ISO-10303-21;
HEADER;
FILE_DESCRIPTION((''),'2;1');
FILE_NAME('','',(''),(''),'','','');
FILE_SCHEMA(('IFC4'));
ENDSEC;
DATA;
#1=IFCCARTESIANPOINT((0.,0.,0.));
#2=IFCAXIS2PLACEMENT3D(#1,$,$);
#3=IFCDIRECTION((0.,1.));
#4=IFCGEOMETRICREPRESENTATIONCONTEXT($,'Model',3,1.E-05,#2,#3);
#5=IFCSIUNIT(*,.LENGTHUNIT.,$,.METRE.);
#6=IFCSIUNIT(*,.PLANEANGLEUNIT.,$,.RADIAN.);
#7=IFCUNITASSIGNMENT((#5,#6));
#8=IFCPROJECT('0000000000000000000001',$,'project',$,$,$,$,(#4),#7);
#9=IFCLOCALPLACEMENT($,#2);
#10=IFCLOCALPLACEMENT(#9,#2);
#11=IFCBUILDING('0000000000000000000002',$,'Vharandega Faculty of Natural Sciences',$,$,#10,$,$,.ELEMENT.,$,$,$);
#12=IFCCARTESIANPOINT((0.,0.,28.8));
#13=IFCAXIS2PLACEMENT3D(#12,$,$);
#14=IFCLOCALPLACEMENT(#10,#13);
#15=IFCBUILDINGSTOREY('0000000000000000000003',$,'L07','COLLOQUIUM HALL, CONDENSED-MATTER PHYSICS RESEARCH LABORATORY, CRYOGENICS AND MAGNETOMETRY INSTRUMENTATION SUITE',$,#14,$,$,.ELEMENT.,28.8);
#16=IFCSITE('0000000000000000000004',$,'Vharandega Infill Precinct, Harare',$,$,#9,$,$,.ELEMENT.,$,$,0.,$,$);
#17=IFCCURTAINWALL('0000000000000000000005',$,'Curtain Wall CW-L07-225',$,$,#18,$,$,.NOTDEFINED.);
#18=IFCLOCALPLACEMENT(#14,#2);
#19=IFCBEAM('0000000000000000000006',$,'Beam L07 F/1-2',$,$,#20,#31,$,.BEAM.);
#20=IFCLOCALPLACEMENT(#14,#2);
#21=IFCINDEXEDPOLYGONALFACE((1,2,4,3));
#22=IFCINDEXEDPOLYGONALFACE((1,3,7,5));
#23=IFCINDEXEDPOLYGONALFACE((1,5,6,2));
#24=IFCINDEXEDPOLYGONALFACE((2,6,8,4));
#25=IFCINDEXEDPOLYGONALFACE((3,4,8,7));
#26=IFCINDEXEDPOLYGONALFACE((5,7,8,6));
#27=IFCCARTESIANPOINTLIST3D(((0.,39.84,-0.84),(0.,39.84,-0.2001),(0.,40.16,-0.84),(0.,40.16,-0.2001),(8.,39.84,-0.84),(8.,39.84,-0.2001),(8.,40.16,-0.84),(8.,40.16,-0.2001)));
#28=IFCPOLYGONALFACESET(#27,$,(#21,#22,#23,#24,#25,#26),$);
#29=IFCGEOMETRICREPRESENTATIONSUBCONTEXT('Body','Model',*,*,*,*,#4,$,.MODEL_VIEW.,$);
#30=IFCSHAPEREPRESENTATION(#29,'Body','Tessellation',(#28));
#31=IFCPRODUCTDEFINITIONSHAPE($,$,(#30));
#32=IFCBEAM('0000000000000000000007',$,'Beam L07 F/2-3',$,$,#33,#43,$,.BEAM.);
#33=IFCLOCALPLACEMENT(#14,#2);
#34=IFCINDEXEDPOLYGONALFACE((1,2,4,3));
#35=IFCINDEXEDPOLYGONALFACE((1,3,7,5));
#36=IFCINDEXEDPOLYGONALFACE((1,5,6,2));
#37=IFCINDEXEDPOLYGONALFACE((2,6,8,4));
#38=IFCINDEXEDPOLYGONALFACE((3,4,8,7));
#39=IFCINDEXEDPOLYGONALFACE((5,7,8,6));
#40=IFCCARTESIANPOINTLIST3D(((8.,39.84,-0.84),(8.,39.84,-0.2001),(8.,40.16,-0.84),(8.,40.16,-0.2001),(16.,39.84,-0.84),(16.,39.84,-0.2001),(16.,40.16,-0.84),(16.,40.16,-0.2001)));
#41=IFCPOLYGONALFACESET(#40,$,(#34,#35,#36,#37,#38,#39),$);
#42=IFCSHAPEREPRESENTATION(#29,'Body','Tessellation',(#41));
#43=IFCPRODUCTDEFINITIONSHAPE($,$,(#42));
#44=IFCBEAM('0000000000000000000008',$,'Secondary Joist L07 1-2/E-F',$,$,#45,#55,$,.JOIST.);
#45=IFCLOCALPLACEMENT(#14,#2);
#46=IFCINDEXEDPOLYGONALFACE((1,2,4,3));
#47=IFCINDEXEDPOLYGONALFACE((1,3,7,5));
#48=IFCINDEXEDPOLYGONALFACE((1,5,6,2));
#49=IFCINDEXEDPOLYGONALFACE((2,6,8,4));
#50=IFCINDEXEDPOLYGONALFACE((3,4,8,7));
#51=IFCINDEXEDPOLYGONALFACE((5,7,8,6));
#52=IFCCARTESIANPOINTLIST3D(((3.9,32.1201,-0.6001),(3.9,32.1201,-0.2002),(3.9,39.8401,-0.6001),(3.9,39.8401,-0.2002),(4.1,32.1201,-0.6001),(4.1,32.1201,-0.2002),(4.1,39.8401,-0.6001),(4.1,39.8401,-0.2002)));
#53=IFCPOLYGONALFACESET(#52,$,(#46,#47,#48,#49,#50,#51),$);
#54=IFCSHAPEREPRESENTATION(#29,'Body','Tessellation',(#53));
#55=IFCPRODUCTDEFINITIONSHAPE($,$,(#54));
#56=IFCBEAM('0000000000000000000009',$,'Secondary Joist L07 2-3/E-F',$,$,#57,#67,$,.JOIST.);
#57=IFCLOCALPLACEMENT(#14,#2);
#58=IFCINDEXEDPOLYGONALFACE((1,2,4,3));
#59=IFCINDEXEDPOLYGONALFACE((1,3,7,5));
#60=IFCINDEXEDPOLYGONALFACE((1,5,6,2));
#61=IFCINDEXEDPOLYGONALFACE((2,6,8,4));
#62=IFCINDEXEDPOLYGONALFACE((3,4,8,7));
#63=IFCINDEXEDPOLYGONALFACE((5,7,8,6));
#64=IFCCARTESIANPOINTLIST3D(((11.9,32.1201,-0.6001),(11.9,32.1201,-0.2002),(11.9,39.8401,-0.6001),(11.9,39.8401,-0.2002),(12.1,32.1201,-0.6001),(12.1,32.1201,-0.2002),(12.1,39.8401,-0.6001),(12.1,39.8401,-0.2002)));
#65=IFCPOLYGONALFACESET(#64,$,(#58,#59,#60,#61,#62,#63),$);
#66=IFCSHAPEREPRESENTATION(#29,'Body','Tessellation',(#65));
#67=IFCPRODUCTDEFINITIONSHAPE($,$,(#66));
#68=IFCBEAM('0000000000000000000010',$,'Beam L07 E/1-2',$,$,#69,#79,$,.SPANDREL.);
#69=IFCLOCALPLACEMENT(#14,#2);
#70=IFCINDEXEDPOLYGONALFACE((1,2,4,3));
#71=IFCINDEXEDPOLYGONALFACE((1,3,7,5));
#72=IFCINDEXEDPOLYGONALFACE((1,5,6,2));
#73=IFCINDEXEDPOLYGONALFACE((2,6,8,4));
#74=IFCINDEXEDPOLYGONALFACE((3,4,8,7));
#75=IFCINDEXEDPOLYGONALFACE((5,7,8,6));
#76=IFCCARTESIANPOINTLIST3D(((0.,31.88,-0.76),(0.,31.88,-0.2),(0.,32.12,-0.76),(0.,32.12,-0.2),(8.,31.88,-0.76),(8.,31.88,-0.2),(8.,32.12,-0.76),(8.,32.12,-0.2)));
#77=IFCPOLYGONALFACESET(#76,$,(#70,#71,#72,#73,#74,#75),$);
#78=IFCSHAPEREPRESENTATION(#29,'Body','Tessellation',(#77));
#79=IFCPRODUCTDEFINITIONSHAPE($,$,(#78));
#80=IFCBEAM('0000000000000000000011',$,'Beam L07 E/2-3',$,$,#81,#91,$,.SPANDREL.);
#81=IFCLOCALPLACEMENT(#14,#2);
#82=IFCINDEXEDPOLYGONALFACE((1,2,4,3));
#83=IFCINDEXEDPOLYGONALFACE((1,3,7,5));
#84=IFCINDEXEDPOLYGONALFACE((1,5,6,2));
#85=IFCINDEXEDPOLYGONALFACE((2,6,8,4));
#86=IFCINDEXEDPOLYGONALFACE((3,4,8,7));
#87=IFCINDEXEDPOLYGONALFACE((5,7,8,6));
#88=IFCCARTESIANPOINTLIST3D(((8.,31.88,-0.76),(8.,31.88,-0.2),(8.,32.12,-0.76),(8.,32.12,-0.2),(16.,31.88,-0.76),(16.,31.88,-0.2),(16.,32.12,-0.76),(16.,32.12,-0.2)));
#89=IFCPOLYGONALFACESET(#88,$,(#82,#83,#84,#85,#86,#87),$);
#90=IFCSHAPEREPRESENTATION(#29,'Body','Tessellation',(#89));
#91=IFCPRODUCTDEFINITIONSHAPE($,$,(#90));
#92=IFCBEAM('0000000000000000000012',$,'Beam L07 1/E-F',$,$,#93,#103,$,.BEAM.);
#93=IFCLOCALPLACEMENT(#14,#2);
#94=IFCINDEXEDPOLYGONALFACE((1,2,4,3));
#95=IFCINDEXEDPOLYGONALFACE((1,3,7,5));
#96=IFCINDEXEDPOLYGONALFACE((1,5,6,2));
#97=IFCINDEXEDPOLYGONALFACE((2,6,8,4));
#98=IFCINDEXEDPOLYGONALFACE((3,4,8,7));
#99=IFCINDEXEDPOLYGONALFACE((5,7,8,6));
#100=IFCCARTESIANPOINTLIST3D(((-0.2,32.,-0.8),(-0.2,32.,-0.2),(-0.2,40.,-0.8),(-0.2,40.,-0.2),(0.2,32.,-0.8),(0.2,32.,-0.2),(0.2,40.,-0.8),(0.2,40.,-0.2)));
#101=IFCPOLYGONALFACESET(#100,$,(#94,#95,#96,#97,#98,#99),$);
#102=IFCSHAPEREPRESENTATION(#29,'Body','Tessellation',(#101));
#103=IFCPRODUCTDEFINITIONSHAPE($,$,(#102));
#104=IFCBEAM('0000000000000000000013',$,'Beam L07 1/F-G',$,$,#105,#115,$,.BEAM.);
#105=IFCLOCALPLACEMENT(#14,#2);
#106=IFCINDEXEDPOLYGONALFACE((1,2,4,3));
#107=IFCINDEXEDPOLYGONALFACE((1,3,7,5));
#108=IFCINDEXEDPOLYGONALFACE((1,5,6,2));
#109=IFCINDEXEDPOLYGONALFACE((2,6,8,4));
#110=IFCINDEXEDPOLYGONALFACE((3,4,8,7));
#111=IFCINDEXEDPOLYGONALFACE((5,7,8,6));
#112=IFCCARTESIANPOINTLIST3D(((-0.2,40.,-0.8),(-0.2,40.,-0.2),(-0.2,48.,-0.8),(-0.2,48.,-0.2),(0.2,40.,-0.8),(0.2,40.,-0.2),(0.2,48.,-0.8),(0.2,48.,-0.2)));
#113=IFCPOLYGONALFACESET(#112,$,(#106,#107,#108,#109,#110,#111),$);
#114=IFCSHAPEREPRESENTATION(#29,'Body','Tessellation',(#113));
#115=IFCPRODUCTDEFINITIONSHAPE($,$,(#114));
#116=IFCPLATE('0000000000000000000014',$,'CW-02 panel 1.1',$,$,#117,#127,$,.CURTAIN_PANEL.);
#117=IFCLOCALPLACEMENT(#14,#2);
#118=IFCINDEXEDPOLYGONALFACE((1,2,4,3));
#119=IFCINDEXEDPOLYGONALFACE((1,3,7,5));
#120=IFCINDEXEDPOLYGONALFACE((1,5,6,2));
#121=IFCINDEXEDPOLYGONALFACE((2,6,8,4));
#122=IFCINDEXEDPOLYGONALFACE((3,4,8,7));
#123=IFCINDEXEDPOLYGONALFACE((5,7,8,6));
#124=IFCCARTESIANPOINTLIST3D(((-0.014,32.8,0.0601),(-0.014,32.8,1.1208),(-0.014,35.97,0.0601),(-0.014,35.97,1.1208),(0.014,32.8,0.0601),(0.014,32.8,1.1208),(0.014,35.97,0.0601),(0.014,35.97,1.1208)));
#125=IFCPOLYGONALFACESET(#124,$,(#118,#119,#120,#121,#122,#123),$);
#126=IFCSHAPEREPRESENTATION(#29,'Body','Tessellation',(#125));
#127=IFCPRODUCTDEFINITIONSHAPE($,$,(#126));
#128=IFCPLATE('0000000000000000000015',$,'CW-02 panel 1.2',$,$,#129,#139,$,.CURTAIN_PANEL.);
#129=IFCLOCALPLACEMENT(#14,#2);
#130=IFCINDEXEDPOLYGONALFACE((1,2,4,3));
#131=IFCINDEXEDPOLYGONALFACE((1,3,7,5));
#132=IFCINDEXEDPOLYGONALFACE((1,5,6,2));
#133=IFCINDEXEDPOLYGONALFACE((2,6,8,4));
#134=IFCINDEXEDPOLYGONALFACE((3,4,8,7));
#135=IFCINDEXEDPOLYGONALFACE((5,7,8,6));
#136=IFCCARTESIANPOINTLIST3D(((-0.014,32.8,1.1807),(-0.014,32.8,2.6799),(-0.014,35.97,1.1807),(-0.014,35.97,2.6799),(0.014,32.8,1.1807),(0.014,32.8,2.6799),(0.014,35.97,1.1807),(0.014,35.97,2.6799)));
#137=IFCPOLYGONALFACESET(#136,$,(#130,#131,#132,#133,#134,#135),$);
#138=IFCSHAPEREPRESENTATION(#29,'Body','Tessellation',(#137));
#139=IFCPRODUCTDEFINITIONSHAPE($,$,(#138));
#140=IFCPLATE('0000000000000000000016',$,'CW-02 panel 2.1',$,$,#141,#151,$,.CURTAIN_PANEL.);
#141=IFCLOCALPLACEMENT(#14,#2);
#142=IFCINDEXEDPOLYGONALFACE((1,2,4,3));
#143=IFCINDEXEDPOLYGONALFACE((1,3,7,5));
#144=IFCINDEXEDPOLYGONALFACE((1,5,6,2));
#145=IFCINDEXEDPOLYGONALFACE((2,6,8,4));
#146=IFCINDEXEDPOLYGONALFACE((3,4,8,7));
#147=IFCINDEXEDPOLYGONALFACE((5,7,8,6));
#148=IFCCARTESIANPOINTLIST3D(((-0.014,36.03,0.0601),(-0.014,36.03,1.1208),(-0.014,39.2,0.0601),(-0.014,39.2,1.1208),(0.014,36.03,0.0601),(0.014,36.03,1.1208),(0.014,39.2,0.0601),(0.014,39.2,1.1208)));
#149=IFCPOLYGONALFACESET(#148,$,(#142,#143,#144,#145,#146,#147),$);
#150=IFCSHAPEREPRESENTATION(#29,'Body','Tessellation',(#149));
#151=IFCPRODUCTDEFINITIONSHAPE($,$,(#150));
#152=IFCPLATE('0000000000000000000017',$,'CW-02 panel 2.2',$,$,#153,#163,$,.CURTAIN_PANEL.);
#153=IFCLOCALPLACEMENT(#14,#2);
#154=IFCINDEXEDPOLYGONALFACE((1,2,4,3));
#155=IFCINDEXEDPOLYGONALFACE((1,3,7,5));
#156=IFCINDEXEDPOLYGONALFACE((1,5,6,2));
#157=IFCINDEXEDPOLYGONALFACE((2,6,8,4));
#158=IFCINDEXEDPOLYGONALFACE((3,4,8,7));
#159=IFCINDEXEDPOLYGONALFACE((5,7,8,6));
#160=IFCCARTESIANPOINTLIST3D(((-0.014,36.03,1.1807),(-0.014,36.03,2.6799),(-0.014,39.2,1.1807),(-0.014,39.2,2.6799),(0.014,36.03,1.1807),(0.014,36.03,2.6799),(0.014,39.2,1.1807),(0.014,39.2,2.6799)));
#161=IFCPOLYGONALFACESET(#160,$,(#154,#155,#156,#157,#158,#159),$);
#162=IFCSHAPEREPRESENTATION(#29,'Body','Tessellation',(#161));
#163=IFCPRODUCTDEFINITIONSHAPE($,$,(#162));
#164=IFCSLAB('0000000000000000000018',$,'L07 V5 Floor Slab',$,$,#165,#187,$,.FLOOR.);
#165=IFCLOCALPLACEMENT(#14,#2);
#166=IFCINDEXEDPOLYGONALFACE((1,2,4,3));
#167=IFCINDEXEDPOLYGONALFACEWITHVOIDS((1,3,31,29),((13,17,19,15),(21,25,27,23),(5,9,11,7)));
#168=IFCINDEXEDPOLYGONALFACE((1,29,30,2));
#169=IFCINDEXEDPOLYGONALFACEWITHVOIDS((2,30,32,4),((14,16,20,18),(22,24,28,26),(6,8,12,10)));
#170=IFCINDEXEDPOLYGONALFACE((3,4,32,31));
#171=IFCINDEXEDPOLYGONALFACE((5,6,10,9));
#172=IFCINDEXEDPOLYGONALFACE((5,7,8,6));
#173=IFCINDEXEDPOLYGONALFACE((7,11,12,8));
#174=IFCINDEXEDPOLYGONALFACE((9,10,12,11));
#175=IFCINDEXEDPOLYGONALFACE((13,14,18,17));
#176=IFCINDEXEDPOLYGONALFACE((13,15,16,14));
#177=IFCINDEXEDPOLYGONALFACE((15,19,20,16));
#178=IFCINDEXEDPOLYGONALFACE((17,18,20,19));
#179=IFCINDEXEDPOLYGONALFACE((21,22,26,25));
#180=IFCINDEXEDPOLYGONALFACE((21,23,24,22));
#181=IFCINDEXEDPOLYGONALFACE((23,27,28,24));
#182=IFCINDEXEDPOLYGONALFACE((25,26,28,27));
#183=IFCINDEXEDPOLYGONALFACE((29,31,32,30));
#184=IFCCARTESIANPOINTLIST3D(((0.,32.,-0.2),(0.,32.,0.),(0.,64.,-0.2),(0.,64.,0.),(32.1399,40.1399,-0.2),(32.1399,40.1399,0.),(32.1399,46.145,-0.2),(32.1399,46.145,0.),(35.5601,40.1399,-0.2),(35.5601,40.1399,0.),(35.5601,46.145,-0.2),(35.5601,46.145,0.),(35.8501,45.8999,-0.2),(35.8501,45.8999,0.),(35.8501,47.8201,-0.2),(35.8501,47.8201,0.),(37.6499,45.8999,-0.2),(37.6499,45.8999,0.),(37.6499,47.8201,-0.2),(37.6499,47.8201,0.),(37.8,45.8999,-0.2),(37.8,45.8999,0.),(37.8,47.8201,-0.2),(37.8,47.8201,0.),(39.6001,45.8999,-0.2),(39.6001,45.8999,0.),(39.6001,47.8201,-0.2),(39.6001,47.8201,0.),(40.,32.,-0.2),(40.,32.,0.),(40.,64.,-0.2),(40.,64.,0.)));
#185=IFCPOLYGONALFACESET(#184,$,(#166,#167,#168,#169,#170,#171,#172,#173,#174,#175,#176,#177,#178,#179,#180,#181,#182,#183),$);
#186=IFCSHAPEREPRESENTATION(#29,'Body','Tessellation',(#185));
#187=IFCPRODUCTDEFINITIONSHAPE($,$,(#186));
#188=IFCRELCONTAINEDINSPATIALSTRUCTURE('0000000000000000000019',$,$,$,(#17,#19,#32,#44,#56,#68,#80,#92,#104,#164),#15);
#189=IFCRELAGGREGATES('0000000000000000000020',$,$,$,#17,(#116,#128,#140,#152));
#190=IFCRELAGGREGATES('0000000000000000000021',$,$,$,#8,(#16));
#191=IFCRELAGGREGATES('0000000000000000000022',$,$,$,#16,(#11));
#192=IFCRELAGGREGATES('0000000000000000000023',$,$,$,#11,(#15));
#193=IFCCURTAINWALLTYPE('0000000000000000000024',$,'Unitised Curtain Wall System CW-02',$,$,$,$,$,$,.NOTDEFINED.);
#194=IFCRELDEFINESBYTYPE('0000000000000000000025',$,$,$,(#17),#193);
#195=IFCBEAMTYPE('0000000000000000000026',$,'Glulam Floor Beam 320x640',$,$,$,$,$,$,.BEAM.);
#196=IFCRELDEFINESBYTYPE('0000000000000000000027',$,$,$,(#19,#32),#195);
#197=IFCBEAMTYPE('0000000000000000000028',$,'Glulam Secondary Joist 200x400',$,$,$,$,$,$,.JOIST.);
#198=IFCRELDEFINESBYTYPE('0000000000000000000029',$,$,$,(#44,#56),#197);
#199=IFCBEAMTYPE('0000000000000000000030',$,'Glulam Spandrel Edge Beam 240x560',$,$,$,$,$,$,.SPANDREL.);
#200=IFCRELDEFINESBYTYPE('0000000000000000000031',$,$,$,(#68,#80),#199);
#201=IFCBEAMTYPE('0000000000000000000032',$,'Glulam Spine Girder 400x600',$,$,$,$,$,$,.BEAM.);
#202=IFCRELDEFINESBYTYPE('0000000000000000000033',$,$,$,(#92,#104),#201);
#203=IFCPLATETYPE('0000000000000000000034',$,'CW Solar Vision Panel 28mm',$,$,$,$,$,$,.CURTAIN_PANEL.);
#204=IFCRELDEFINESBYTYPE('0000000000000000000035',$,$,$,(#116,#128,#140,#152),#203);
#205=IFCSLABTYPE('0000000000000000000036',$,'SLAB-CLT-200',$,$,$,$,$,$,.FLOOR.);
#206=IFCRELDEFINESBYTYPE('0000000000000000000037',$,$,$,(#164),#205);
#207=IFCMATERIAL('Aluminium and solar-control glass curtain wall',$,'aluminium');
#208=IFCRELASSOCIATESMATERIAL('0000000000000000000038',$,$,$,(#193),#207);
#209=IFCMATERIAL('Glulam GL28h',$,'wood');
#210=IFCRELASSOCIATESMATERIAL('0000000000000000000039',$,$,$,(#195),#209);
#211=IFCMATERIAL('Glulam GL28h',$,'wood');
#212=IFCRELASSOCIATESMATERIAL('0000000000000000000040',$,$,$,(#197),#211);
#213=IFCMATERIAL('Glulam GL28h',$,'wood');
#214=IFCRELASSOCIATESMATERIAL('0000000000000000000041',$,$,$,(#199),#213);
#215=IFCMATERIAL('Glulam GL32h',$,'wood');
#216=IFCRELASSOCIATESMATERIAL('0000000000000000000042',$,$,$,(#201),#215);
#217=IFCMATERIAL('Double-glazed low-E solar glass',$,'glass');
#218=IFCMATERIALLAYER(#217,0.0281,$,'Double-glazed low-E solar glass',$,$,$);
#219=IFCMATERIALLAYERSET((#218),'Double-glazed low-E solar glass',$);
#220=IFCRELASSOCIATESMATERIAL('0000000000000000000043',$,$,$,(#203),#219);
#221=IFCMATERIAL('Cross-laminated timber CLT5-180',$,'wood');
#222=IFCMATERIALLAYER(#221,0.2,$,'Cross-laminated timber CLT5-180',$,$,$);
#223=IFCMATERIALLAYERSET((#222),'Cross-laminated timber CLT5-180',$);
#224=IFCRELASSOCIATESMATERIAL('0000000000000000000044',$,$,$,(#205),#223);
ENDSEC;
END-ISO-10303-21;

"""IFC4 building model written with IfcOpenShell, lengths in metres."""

from ifc_helpers import new_model, si_unit, direction, frame, origin, origin_2d, place, context, subcontext, project, spatial, polyline, rectangle, outline, extrude, material, layer, layer_set, material_profile, profile_set, type_object, element, aggregate, save


model = new_model("IFC4")

# Units and contexts
model_context = context("Model", 3, precision=1e-05, world=origin(), true_north=direction((0.0, 1.0)))
body_context = subcontext(model_context, "Body", "Model", "MODEL_VIEW")
ifc_project = project(units=[si_unit("LENGTHUNIT", "METRE"), si_unit("PLANEANGLEUNIT", "RADIAN")], contexts=[model_context])

# Site, building, storey
site_placement = place(None, origin())
site = spatial("IfcSite", under=ifc_project, at=site_placement, Name="Vharandega Infill Precinct, Harare", CompositionType="ELEMENT", RefElevation=0.0)
building_placement = place(site_placement, origin())
building = spatial("IfcBuilding", under=site, at=building_placement, Name="Vharandega Faculty of Natural Sciences", CompositionType="ELEMENT")
storey_placement = place(building_placement, frame((0.0, 0.0, 28.8)))
storey = spatial("IfcBuildingStorey", under=building, at=storey_placement, Name="L07", Description="COLLOQUIUM HALL, CONDENSED-MATTER PHYSICS RESEARCH LABORATORY, CRYOGENICS AND MAGNETOMETRY INSTRUMENTATION SUITE", CompositionType="ELEMENT", Elevation=28.8)

# Curtain wall
ifc_material_1 = material(Name="Aluminium and solar-control glass curtain wall", Category="aluminium")
curtain_wall_type = type_object("IfcCurtainWallType", Name="Unitised Curtain Wall System CW-02", PredefinedType="NOTDEFINED", material=ifc_material_1)
curtain_wall_placement = place(storey_placement, origin())
curtain_wall = element("IfcCurtainWall", 1, at=curtain_wall_placement, inside=storey, type_object=curtain_wall_type, Name="Curtain Wall CW-L07-225", PredefinedType="NOTDEFINED")

# Beams
ifc_material_2 = material(Name="Glulam GL28h", Category="wood")
ifc_material_profile_1 = material_profile(ifc_material_2, rectangle(XDim=0.3201, YDim=0.6399, at=origin_2d()), Name="GL28h 320x640")
ifc_profile_set_1 = profile_set([ifc_material_profile_1], Name="Glulam GL28h")
beam_type_1 = type_object("IfcBeamType", Name="Glulam Floor Beam 320x640", PredefinedType="BEAM", material=ifc_profile_set_1)
for number, where, z_axis, x_axis, name in (
    (2, (0.0, 40.0, -0.52), (1.0, 0.0, 0.0), (0.0, 1.0, 0.0), "Beam L07 F/1-2"),
    (3, (8.0, 40.0, -0.52), (1.0, 0.0, 0.0), (0.0, 1.0, 0.0), "Beam L07 F/2-3"),
):
    element("IfcBeam", number, at=place(storey_placement, frame(where, z_axis=z_axis, x_axis=x_axis)), inside=storey, type_object=beam_type_1, Name=name, PredefinedType="BEAM", context=body_context, shape_type="SweptSolid", body=[
        extrude(rectangle(XDim=0.3201, YDim=0.6399, at=origin_2d()), origin(), (0.0, 0.0, 1.0), 8.0),
    ])
ifc_material_3 = material(Name="Glulam GL28h", Category="wood")
ifc_material_profile_2 = material_profile(ifc_material_3, rectangle(XDim=0.2, YDim=0.3999, at=origin_2d()), Name="GL28h 200x400")
ifc_profile_set_2 = profile_set([ifc_material_profile_2], Name="Glulam GL28h")
beam_type_2 = type_object("IfcBeamType", Name="Glulam Secondary Joist 200x400", PredefinedType="JOIST", material=ifc_profile_set_2)
for number, where, z_axis, x_axis, name in (
    (4, (4.0, 32.1201, -0.4001), (0.0, 1.0, 0.0), (-1.0, 0.0, 0.0), "Secondary Joist L07 1-2/E-F"),
    (5, (12.0, 32.1201, -0.4001), (0.0, 1.0, 0.0), (-1.0, 0.0, 0.0), "Secondary Joist L07 2-3/E-F"),
):
    element("IfcBeam", number, at=place(storey_placement, frame(where, z_axis=z_axis, x_axis=x_axis)), inside=storey, type_object=beam_type_2, Name=name, PredefinedType="JOIST", context=body_context, shape_type="SweptSolid", body=[
        extrude(rectangle(XDim=0.2, YDim=0.3999, at=origin_2d()), origin(), (0.0, 0.0, 1.0), 7.72),
    ])
ifc_material_4 = material(Name="Glulam GL28h", Category="wood")
ifc_material_profile_3 = material_profile(ifc_material_4, rectangle(XDim=0.24, YDim=0.5601, at=origin_2d()), Name="GL28h 240x560")
ifc_profile_set_3 = profile_set([ifc_material_profile_3], Name="Glulam GL28h")
beam_type_3 = type_object("IfcBeamType", Name="Glulam Spandrel Edge Beam 240x560", PredefinedType="SPANDREL", material=ifc_profile_set_3)
for number, where, z_axis, x_axis, name in (
    (6, (0.0, 32.0, -0.48), (1.0, 0.0, 0.0), (0.0, 1.0, 0.0), "Beam L07 E/1-2"),
    (7, (8.0, 32.0, -0.48), (1.0, 0.0, 0.0), (0.0, 1.0, 0.0), "Beam L07 E/2-3"),
):
    element("IfcBeam", number, at=place(storey_placement, frame(where, z_axis=z_axis, x_axis=x_axis)), inside=storey, type_object=beam_type_3, Name=name, PredefinedType="SPANDREL", context=body_context, shape_type="SweptSolid", body=[
        extrude(rectangle(XDim=0.24, YDim=0.5601, at=origin_2d()), origin(), (0.0, 0.0, 1.0), 8.0),
    ])
ifc_material_5 = material(Name="Glulam GL32h", Category="wood")
ifc_material_profile_4 = material_profile(ifc_material_5, rectangle(XDim=0.3999, YDim=0.6001, at=origin_2d()), Name="GL32h 400x600")
ifc_profile_set_4 = profile_set([ifc_material_profile_4], Name="Glulam GL32h")
beam_type_4 = type_object("IfcBeamType", Name="Glulam Spine Girder 400x600", PredefinedType="BEAM", material=ifc_profile_set_4)
for number, where, z_axis, x_axis, name in (
    (8, (0.0, 32.0, -0.5), (0.0, 1.0, 0.0), (-1.0, 0.0, 0.0), "Beam L07 1/E-F"),
    (9, (0.0, 40.0, -0.5), (0.0, 1.0, 0.0), (-1.0, 0.0, 0.0), "Beam L07 1/F-G"),
):
    element("IfcBeam", number, at=place(storey_placement, frame(where, z_axis=z_axis, x_axis=x_axis)), inside=storey, type_object=beam_type_4, Name=name, PredefinedType="BEAM", context=body_context, shape_type="SweptSolid", body=[
        extrude(rectangle(XDim=0.3999, YDim=0.6001, at=origin_2d()), origin(), (0.0, 0.0, 1.0), 8.0),
    ])

# Plates
ifc_material_6 = material(Name="Double-glazed low-E solar glass", Category="glass")
ifc_layer_1 = layer(ifc_material_6, 0.0281, Name="Double-glazed low-E solar glass")
ifc_layer_set_1 = layer_set([ifc_layer_1], Name="Double-glazed low-E solar glass")
plate_type = type_object("IfcPlateType", Name="CW Solar Vision Panel 28mm", PredefinedType="CURTAIN_PANEL", material=ifc_layer_set_1)
plate_1_placement = place(storey_placement, frame((0.0, 34.385, 0.0601), z_axis=(0.0, 0.0, 1.0), x_axis=(0.0, 1.0, 0.0)))
plate_1 = element("IfcPlate", 10, at=plate_1_placement, type_object=plate_type, Name="CW-02 panel 1.1", PredefinedType="CURTAIN_PANEL", context=body_context, shape_type="SweptSolid", body=[
    extrude(rectangle(XDim=3.1699, YDim=0.0281, at=origin_2d()), origin(), (0.0, 0.0, 1.0), 1.0608),
])
plate_2_placement = place(storey_placement, frame((0.0, 34.385, 1.1807), z_axis=(0.0, 0.0, 1.0), x_axis=(0.0, 1.0, 0.0)))
plate_2 = element("IfcPlate", 11, at=plate_2_placement, type_object=plate_type, Name="CW-02 panel 1.2", PredefinedType="CURTAIN_PANEL", context=body_context, shape_type="SweptSolid", body=[
    extrude(rectangle(XDim=3.1699, YDim=0.0281, at=origin_2d()), origin(), (0.0, 0.0, 1.0), 1.4993),
])
plate_3_placement = place(storey_placement, frame((0.0, 37.615, 0.0601), z_axis=(0.0, 0.0, 1.0), x_axis=(0.0, 1.0, 0.0)))
plate_3 = element("IfcPlate", 12, at=plate_3_placement, type_object=plate_type, Name="CW-02 panel 2.1", PredefinedType="CURTAIN_PANEL", context=body_context, shape_type="SweptSolid", body=[
    extrude(rectangle(XDim=3.1699, YDim=0.0281, at=origin_2d()), origin(), (0.0, 0.0, 1.0), 1.0608),
])
plate_4_placement = place(storey_placement, frame((0.0, 37.615, 1.1807), z_axis=(0.0, 0.0, 1.0), x_axis=(0.0, 1.0, 0.0)))
plate_4 = element("IfcPlate", 13, at=plate_4_placement, type_object=plate_type, Name="CW-02 panel 2.2", PredefinedType="CURTAIN_PANEL", context=body_context, shape_type="SweptSolid", body=[
    extrude(rectangle(XDim=3.1699, YDim=0.0281, at=origin_2d()), origin(), (0.0, 0.0, 1.0), 1.4993),
])
aggregate(curtain_wall, [plate_1, plate_2, plate_3, plate_4])

# Slab
ifc_material_7 = material(Name="Cross-laminated timber CLT5-180", Category="wood")
ifc_layer_2 = layer(ifc_material_7, 0.2, Name="Cross-laminated timber CLT5-180")
ifc_layer_set_2 = layer_set([ifc_layer_2], Name="Cross-laminated timber CLT5-180")
slab_type_1 = type_object("IfcSlabType", Name="SLAB-CLT-200", PredefinedType="FLOOR", material=ifc_layer_set_2)
slab_1_placement = place(storey_placement, frame((0.0, 0.0, -0.2)))
element("IfcSlab", 14, at=slab_1_placement, inside=storey, type_object=slab_type_1, Name="L07 V5 Floor Slab", PredefinedType="FLOOR", context=body_context, shape_type="SweptSolid", body=[
    extrude(outline(polyline([(0.0, 32.0), (40.0, 32.0), (40.0, 64.0), (0.0, 64.0), (0.0, 32.0)]), holes=[polyline([(32.1399, 46.145), (32.1399, 40.1399), (35.5601, 40.1399), (35.5601, 46.145), (32.1399, 46.145)]), polyline([(35.8501, 45.8999), (37.6499, 45.8999), (37.6499, 47.8201), (35.8501, 47.8201), (35.8501, 45.8999)]), polyline([(37.8, 45.8999), (39.6001, 45.8999), (39.6001, 47.8201), (37.8, 47.8201), (37.8, 45.8999)])]), origin(), (0.0, 0.0, 1.0), 0.2),
])

save(model, "model.ifc")
